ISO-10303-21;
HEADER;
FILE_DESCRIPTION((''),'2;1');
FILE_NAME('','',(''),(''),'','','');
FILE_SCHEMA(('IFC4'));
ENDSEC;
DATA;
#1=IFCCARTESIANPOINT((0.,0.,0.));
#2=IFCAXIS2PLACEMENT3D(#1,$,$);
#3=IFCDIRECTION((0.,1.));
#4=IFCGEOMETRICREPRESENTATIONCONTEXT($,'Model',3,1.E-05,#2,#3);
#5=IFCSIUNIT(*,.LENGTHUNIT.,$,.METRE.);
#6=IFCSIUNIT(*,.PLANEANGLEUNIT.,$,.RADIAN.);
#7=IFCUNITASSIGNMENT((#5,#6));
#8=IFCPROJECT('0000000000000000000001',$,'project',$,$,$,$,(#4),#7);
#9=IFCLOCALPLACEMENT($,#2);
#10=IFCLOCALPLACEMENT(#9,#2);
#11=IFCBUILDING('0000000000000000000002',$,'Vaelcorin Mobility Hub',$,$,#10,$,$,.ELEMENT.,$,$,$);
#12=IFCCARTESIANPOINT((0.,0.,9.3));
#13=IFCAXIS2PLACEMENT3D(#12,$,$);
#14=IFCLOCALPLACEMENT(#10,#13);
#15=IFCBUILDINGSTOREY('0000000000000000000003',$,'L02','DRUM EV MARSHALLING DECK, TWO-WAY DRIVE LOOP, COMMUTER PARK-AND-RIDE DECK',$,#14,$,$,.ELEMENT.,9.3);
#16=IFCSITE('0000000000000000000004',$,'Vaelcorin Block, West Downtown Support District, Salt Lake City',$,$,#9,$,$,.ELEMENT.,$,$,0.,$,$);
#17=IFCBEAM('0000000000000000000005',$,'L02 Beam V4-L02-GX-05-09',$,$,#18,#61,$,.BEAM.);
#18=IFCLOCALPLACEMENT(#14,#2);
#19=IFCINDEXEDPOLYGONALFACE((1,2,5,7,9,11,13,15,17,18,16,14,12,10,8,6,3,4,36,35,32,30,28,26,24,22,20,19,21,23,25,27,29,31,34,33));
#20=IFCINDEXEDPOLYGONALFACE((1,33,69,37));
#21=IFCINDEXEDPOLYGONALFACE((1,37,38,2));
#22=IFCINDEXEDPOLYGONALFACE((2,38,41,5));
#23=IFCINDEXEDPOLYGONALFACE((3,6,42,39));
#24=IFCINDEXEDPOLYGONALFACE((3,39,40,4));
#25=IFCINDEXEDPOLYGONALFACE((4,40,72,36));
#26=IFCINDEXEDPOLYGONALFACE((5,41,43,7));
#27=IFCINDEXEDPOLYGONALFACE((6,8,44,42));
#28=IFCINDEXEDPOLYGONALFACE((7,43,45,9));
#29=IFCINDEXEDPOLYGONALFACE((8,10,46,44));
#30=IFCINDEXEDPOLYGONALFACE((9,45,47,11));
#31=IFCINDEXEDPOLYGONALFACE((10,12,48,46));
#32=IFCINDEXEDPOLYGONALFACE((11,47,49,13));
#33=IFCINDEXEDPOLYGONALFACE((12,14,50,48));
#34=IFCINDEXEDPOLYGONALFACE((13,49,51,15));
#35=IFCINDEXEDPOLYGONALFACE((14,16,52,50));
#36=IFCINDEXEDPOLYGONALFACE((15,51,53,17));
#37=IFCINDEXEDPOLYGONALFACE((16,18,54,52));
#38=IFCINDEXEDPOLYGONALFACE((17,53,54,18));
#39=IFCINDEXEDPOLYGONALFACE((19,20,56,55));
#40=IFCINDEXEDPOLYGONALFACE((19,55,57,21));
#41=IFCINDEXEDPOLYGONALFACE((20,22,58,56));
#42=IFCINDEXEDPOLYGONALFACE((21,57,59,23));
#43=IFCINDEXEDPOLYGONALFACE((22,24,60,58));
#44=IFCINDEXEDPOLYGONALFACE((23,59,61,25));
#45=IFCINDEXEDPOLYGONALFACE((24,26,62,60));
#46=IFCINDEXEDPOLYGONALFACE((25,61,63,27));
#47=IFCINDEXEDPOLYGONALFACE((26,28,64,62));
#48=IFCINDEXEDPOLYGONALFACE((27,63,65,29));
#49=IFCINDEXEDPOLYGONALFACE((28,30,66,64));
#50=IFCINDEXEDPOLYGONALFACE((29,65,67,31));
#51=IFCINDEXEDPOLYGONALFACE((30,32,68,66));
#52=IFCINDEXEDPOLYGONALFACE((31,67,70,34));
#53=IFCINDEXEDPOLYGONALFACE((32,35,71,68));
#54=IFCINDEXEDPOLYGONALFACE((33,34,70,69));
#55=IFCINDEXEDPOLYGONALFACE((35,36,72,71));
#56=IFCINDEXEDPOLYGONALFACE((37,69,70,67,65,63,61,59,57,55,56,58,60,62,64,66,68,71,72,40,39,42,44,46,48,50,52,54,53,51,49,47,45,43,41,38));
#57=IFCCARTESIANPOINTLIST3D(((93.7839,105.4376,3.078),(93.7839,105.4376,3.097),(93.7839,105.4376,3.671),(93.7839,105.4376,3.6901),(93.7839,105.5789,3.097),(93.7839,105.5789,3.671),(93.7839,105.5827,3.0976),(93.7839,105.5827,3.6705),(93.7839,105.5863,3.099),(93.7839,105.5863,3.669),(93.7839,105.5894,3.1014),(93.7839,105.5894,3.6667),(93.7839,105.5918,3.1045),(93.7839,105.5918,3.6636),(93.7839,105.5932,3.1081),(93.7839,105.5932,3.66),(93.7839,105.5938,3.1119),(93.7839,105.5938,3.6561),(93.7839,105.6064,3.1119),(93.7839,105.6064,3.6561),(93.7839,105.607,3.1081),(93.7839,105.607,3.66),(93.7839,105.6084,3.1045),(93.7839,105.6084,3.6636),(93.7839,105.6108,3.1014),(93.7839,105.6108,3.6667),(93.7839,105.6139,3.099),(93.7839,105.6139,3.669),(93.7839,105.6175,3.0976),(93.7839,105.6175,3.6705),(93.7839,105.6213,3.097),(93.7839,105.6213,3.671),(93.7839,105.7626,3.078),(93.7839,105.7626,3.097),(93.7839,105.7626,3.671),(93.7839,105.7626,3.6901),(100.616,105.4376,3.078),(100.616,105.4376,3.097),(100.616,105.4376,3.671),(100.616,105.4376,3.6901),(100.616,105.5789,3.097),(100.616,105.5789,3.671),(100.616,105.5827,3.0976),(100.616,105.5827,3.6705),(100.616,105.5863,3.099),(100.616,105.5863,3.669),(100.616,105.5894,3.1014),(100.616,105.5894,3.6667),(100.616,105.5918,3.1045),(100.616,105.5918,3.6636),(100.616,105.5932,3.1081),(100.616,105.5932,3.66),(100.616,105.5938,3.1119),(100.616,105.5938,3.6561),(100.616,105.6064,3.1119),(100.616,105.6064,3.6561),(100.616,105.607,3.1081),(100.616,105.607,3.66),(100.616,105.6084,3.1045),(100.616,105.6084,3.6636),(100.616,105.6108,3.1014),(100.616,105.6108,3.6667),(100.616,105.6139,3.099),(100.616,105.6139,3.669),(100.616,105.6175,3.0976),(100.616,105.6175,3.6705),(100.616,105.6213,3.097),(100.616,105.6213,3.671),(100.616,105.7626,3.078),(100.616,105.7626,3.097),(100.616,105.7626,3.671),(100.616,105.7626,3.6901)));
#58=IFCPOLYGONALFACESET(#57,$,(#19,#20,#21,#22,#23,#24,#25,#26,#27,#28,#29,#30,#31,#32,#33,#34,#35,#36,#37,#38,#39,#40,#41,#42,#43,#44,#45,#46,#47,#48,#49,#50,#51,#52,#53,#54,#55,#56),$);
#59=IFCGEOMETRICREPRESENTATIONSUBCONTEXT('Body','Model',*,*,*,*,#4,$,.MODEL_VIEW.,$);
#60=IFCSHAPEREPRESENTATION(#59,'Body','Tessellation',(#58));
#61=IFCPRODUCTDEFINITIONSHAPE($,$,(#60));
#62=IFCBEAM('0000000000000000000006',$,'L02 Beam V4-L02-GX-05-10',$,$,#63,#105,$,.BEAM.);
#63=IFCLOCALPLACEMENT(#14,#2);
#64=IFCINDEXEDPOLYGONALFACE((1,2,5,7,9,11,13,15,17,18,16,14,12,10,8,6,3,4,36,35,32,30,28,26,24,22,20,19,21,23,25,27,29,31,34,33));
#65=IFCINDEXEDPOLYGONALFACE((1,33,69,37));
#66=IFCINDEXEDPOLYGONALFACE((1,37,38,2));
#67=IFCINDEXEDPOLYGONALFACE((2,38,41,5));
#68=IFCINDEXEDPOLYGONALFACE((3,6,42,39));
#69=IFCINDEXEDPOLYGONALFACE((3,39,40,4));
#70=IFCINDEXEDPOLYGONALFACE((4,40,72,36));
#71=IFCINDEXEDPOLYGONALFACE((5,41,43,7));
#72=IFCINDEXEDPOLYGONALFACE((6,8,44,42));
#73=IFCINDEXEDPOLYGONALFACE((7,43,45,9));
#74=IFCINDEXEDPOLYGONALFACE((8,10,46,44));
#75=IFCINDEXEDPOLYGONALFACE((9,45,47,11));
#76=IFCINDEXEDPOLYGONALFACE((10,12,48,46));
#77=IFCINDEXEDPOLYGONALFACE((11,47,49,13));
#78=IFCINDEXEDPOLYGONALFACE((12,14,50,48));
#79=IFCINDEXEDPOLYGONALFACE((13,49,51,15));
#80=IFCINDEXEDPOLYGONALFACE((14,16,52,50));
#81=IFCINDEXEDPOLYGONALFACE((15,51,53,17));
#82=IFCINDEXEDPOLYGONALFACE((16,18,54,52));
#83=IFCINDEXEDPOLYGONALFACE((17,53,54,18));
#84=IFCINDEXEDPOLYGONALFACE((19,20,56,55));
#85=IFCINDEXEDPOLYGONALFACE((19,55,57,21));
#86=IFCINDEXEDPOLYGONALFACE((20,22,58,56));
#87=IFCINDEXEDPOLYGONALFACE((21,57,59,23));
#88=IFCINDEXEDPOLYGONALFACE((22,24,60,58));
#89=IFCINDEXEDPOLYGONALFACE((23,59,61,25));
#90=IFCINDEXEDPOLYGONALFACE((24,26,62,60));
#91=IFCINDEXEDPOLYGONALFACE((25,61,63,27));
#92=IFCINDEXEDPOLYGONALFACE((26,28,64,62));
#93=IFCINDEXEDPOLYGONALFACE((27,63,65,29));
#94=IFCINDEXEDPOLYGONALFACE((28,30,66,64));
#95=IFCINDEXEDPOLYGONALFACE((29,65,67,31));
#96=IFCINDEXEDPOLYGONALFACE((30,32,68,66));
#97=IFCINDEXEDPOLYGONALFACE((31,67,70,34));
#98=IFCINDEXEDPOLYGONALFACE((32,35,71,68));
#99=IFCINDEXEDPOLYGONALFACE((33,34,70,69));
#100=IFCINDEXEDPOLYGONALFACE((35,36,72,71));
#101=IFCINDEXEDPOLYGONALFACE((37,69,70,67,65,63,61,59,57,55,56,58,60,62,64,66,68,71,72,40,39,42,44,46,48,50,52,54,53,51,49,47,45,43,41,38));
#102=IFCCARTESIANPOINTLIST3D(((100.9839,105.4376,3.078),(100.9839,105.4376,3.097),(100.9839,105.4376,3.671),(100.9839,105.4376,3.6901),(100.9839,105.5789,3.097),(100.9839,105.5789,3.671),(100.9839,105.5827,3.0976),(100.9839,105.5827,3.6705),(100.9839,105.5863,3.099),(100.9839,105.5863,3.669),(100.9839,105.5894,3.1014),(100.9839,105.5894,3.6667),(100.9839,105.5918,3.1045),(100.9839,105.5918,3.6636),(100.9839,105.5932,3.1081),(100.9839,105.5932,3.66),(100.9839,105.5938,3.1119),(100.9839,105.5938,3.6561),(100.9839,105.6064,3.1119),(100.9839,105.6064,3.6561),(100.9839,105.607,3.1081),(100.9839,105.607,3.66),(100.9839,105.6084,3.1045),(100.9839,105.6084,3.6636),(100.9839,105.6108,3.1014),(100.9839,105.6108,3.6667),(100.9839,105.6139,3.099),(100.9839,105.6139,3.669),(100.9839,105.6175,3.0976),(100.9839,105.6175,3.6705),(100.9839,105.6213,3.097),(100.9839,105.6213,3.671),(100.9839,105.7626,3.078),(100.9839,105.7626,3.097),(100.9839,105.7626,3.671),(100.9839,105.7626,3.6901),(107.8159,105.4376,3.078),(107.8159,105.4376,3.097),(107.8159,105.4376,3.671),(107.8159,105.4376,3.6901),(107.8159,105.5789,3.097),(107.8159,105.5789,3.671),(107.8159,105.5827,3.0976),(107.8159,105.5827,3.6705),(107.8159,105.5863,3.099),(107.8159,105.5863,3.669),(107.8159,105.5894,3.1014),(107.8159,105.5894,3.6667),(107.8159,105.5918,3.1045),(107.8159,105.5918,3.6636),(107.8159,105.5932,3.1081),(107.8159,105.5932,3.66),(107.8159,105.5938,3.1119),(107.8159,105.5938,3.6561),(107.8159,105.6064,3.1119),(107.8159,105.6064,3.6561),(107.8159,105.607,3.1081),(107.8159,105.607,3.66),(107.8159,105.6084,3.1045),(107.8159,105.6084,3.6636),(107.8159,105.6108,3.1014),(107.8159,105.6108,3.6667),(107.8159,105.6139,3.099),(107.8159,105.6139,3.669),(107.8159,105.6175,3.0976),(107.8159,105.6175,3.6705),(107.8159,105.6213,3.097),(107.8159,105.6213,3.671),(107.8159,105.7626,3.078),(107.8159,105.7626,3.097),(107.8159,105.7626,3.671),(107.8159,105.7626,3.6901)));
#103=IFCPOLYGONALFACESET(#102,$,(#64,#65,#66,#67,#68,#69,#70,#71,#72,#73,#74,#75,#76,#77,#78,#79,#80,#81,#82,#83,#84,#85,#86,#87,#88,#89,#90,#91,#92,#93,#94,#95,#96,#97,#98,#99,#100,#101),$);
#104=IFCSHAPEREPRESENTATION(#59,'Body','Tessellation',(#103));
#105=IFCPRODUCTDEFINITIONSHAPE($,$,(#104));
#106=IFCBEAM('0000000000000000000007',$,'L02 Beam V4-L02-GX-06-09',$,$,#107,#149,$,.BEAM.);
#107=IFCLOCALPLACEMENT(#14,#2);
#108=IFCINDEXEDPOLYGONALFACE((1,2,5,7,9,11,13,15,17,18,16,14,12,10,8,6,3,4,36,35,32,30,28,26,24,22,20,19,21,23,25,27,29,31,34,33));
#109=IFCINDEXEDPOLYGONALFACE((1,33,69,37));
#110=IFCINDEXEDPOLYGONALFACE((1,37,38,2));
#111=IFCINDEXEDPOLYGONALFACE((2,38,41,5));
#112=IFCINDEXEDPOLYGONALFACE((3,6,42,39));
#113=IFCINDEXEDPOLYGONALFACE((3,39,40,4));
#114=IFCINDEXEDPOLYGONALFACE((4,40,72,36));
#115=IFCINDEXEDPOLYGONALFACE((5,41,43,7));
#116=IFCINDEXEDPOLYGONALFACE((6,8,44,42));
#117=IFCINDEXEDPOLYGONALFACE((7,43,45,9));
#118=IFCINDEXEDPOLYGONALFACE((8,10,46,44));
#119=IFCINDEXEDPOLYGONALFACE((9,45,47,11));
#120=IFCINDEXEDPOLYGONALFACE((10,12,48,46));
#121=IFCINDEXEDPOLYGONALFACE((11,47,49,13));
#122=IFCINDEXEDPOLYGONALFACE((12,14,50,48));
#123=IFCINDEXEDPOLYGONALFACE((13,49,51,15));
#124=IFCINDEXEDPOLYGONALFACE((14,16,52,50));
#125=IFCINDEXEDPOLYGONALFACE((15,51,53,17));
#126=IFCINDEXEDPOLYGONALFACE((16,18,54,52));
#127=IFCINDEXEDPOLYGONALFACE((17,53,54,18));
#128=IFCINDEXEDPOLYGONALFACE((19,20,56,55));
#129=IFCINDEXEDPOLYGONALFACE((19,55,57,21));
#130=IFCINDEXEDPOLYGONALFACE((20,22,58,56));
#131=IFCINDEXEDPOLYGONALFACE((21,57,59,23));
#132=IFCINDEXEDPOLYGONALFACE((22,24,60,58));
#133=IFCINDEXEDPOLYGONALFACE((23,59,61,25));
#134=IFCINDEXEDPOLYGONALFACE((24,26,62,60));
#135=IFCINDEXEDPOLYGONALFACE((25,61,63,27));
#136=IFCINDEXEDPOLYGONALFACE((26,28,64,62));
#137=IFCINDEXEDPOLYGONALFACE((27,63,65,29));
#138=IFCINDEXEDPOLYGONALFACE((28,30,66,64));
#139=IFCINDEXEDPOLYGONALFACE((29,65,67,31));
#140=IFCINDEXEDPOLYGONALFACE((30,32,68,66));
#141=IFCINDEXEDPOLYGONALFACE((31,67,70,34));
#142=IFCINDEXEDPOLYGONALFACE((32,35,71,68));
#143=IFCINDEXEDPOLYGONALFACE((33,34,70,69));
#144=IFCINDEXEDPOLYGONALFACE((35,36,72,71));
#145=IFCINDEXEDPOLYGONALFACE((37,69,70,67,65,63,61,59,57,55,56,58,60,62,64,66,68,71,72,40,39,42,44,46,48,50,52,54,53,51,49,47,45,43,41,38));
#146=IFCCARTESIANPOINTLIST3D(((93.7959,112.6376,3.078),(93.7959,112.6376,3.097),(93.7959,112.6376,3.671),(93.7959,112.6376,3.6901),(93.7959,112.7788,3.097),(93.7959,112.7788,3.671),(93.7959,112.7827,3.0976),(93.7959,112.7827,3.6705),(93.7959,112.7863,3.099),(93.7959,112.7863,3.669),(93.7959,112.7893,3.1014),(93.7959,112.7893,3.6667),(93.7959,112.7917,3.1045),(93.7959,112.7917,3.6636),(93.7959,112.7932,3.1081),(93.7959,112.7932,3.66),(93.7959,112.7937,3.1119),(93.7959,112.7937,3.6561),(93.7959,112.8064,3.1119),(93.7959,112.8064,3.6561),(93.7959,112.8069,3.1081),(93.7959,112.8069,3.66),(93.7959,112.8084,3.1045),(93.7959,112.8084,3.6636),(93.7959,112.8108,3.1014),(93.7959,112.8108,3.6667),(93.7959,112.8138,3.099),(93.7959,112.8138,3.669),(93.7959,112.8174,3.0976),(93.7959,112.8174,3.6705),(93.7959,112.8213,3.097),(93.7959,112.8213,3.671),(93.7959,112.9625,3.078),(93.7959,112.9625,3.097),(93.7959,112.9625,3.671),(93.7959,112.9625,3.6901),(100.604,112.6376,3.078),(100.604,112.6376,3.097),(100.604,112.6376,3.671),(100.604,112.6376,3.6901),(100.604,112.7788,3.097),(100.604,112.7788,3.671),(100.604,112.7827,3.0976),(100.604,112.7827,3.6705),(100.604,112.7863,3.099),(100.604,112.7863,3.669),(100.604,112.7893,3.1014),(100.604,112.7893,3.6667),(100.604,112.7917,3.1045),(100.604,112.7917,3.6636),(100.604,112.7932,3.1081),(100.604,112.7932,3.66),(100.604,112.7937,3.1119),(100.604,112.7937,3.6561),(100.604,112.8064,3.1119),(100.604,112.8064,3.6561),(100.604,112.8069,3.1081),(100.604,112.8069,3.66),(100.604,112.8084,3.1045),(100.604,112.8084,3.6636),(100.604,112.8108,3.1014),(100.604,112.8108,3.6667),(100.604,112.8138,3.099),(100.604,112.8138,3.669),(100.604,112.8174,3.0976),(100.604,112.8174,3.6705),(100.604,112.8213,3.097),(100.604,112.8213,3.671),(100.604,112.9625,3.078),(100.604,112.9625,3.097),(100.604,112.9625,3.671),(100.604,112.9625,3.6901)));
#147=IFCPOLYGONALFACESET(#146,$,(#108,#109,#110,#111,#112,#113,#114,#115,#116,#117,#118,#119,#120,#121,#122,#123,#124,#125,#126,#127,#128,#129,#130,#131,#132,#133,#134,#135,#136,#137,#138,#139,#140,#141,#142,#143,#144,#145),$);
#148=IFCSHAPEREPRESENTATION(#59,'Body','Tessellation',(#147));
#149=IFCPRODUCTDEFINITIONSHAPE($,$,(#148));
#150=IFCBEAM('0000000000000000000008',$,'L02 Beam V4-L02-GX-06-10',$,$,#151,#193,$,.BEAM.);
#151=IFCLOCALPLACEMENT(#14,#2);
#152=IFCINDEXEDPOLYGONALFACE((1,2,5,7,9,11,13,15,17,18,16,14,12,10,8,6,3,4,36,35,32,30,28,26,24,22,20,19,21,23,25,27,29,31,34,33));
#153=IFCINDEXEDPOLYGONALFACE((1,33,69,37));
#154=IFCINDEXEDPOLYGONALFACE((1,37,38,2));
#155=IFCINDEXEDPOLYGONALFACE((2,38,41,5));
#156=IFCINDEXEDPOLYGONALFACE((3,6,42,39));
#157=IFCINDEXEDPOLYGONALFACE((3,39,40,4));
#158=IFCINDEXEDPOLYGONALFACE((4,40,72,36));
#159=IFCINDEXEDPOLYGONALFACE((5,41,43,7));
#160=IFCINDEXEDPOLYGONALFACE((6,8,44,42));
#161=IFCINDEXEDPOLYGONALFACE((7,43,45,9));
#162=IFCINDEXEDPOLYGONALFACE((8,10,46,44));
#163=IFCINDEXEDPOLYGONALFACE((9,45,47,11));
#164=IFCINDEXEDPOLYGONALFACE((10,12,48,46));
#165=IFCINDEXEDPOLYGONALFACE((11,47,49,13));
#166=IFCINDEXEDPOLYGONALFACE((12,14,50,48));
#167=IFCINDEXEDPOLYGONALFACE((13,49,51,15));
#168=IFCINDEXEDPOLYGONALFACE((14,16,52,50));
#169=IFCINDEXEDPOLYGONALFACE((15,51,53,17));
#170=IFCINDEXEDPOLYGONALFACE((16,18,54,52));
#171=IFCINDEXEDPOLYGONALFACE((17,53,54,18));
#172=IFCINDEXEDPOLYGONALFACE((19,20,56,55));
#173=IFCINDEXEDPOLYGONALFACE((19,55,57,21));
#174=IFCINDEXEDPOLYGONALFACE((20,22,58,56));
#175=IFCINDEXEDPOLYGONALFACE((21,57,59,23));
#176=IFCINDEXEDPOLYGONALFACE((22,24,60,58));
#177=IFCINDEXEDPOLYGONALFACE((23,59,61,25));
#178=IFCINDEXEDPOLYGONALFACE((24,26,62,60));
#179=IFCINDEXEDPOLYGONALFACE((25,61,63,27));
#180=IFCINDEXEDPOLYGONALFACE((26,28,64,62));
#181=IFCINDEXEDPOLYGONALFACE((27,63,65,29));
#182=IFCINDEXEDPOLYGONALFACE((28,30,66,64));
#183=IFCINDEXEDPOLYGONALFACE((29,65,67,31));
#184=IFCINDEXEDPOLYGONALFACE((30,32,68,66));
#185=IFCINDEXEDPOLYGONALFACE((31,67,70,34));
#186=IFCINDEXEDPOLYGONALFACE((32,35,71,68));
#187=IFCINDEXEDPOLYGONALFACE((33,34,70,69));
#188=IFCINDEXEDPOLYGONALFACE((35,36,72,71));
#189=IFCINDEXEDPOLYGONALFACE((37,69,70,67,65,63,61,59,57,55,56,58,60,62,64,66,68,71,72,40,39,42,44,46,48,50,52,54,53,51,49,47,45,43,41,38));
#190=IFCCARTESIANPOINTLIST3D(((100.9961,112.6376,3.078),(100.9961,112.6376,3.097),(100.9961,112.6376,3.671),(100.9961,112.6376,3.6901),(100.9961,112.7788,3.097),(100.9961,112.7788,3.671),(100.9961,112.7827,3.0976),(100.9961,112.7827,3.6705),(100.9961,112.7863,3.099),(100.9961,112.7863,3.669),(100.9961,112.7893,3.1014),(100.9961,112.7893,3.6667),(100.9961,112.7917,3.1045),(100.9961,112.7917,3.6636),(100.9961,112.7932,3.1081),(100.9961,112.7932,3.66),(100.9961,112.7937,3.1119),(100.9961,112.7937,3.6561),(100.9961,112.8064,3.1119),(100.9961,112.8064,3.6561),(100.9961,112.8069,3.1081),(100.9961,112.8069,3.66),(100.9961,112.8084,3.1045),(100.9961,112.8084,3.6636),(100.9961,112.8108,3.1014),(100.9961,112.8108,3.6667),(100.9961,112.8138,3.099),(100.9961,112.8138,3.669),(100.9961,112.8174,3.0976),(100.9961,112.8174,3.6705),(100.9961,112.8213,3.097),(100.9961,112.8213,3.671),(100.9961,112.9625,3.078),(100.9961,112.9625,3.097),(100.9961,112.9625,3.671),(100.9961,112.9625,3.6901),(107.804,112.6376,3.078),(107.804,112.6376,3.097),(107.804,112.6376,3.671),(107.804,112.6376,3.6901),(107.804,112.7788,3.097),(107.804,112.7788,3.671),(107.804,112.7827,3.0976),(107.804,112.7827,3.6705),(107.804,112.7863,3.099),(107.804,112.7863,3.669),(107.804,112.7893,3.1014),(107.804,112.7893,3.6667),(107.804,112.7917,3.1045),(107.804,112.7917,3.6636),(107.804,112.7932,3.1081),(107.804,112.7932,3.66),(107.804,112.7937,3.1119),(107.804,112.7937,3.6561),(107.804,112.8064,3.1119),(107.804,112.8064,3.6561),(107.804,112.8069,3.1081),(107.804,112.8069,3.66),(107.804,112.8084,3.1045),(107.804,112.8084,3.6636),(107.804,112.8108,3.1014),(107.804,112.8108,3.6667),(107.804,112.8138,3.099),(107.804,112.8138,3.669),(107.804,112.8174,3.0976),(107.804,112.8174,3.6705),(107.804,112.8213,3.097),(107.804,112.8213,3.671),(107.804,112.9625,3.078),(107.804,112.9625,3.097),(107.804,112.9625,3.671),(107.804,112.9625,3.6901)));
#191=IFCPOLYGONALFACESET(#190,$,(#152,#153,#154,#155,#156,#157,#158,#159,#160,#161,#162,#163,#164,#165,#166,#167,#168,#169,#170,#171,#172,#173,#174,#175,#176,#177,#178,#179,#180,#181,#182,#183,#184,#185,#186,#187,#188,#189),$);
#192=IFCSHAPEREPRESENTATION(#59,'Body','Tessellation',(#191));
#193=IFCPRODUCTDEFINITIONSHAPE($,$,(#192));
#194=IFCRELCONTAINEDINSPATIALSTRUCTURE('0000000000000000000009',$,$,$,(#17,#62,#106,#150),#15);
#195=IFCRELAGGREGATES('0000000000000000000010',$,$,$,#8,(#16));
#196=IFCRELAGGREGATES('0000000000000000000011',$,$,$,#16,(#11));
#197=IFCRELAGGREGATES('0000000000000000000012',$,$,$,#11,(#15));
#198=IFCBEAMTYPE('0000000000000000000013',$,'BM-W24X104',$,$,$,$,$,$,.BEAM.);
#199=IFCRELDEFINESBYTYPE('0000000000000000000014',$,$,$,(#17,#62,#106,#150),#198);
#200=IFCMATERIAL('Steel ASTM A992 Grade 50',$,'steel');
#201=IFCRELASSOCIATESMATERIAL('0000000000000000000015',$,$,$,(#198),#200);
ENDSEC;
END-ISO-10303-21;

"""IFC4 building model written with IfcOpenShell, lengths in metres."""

from ifc_helpers import new_model, si_unit, direction, frame, origin, origin_2d, place, context, subcontext, project, spatial, i_section, extrude, material, material_profile, profile_set, type_object, element, save


model = new_model("IFC4")

# Units and contexts
model_context = context("Model", 3, precision=1e-05, world=origin(), true_north=direction((0.0, 1.0)))
body_context = subcontext(model_context, "Body", "Model", "MODEL_VIEW")
ifc_project = project(units=[si_unit("LENGTHUNIT", "METRE"), si_unit("PLANEANGLEUNIT", "RADIAN")], contexts=[model_context])

# Site, building, storey
site_placement = place(None, origin())
site = spatial("IfcSite", under=ifc_project, at=site_placement, Name="Vaelcorin Block, West Downtown Support District, Salt Lake City", CompositionType="ELEMENT", RefElevation=0.0)
building_placement = place(site_placement, origin())
building = spatial("IfcBuilding", under=site, at=building_placement, Name="Vaelcorin Mobility Hub", CompositionType="ELEMENT")
storey_placement = place(building_placement, frame((0.0, 0.0, 9.3)))
storey = spatial("IfcBuildingStorey", under=building, at=storey_placement, Name="L02", Description="DRUM EV MARSHALLING DECK, TWO-WAY DRIVE LOOP, COMMUTER PARK-AND-RIDE DECK", CompositionType="ELEMENT", Elevation=9.3)

# Shared definitions
ifc_material_1 = material(Name="Steel ASTM A992 Grade 50", Category="steel")

# Beams
ifc_material_profile_1 = material_profile(ifc_material_1, i_section(OverallWidth=0.325, OverallDepth=0.6121, WebThickness=0.0127, FlangeThickness=0.019, FilletRadius=0.0149, at=origin_2d()), Name="W24X104")
ifc_profile_set_1 = profile_set([ifc_material_profile_1], Name="Steel ASTM A992 Grade 50")
beam_type_1 = type_object("IfcBeamType", Name="BM-W24X104", PredefinedType="BEAM", material=ifc_profile_set_1)
for number, where, z_axis, x_axis, name in (
    (1, (93.7839, 105.6001, 3.384), (1.0, 0.0, 0.0), (0.0, 1.0, 0.0), "L02 Beam V4-L02-GX-05-09"),
    (2, (100.9839, 105.6001, 3.384), (1.0, 0.0, 0.0), (0.0, 1.0, 0.0), "L02 Beam V4-L02-GX-05-10"),
):
    element("IfcBeam", number, at=place(storey_placement, frame(where, z_axis=z_axis, x_axis=x_axis)), inside=storey, type_object=beam_type_1, Name=name, PredefinedType="BEAM", context=body_context, shape_type="SweptSolid", body=[
        extrude(i_section(OverallWidth=0.325, OverallDepth=0.6121, WebThickness=0.0127, FlangeThickness=0.019, FilletRadius=0.0149, at=origin_2d()), origin(), (0.0, 0.0, 1.0), 6.832),
    ])
beam_1_placement = place(storey_placement, frame((93.7959, 112.8, 3.384), z_axis=(1.0, 0.0, 0.0), x_axis=(0.0, 1.0, 0.0)))
element("IfcBeam", 3, at=beam_1_placement, inside=storey, type_object=beam_type_1, Name="L02 Beam V4-L02-GX-06-09", PredefinedType="BEAM", context=body_context, shape_type="SweptSolid", body=[
    extrude(i_section(OverallWidth=0.325, OverallDepth=0.6121, WebThickness=0.0127, FlangeThickness=0.019, FilletRadius=0.0149, at=origin_2d()), origin(), (0.0, 0.0, 1.0), 6.8081),
])
beam_2_placement = place(storey_placement, frame((100.9961, 112.8, 3.384), z_axis=(1.0, 0.0, 0.0), x_axis=(0.0, 1.0, 0.0)))
element("IfcBeam", 4, at=beam_2_placement, inside=storey, type_object=beam_type_1, Name="L02 Beam V4-L02-GX-06-10", PredefinedType="BEAM", context=body_context, shape_type="SweptSolid", body=[
    extrude(i_section(OverallWidth=0.325, OverallDepth=0.6121, WebThickness=0.0127, FlangeThickness=0.019, FilletRadius=0.0149, at=origin_2d()), origin(), (0.0, 0.0, 1.0), 6.8079),
])

save(model, "model.ifc")
